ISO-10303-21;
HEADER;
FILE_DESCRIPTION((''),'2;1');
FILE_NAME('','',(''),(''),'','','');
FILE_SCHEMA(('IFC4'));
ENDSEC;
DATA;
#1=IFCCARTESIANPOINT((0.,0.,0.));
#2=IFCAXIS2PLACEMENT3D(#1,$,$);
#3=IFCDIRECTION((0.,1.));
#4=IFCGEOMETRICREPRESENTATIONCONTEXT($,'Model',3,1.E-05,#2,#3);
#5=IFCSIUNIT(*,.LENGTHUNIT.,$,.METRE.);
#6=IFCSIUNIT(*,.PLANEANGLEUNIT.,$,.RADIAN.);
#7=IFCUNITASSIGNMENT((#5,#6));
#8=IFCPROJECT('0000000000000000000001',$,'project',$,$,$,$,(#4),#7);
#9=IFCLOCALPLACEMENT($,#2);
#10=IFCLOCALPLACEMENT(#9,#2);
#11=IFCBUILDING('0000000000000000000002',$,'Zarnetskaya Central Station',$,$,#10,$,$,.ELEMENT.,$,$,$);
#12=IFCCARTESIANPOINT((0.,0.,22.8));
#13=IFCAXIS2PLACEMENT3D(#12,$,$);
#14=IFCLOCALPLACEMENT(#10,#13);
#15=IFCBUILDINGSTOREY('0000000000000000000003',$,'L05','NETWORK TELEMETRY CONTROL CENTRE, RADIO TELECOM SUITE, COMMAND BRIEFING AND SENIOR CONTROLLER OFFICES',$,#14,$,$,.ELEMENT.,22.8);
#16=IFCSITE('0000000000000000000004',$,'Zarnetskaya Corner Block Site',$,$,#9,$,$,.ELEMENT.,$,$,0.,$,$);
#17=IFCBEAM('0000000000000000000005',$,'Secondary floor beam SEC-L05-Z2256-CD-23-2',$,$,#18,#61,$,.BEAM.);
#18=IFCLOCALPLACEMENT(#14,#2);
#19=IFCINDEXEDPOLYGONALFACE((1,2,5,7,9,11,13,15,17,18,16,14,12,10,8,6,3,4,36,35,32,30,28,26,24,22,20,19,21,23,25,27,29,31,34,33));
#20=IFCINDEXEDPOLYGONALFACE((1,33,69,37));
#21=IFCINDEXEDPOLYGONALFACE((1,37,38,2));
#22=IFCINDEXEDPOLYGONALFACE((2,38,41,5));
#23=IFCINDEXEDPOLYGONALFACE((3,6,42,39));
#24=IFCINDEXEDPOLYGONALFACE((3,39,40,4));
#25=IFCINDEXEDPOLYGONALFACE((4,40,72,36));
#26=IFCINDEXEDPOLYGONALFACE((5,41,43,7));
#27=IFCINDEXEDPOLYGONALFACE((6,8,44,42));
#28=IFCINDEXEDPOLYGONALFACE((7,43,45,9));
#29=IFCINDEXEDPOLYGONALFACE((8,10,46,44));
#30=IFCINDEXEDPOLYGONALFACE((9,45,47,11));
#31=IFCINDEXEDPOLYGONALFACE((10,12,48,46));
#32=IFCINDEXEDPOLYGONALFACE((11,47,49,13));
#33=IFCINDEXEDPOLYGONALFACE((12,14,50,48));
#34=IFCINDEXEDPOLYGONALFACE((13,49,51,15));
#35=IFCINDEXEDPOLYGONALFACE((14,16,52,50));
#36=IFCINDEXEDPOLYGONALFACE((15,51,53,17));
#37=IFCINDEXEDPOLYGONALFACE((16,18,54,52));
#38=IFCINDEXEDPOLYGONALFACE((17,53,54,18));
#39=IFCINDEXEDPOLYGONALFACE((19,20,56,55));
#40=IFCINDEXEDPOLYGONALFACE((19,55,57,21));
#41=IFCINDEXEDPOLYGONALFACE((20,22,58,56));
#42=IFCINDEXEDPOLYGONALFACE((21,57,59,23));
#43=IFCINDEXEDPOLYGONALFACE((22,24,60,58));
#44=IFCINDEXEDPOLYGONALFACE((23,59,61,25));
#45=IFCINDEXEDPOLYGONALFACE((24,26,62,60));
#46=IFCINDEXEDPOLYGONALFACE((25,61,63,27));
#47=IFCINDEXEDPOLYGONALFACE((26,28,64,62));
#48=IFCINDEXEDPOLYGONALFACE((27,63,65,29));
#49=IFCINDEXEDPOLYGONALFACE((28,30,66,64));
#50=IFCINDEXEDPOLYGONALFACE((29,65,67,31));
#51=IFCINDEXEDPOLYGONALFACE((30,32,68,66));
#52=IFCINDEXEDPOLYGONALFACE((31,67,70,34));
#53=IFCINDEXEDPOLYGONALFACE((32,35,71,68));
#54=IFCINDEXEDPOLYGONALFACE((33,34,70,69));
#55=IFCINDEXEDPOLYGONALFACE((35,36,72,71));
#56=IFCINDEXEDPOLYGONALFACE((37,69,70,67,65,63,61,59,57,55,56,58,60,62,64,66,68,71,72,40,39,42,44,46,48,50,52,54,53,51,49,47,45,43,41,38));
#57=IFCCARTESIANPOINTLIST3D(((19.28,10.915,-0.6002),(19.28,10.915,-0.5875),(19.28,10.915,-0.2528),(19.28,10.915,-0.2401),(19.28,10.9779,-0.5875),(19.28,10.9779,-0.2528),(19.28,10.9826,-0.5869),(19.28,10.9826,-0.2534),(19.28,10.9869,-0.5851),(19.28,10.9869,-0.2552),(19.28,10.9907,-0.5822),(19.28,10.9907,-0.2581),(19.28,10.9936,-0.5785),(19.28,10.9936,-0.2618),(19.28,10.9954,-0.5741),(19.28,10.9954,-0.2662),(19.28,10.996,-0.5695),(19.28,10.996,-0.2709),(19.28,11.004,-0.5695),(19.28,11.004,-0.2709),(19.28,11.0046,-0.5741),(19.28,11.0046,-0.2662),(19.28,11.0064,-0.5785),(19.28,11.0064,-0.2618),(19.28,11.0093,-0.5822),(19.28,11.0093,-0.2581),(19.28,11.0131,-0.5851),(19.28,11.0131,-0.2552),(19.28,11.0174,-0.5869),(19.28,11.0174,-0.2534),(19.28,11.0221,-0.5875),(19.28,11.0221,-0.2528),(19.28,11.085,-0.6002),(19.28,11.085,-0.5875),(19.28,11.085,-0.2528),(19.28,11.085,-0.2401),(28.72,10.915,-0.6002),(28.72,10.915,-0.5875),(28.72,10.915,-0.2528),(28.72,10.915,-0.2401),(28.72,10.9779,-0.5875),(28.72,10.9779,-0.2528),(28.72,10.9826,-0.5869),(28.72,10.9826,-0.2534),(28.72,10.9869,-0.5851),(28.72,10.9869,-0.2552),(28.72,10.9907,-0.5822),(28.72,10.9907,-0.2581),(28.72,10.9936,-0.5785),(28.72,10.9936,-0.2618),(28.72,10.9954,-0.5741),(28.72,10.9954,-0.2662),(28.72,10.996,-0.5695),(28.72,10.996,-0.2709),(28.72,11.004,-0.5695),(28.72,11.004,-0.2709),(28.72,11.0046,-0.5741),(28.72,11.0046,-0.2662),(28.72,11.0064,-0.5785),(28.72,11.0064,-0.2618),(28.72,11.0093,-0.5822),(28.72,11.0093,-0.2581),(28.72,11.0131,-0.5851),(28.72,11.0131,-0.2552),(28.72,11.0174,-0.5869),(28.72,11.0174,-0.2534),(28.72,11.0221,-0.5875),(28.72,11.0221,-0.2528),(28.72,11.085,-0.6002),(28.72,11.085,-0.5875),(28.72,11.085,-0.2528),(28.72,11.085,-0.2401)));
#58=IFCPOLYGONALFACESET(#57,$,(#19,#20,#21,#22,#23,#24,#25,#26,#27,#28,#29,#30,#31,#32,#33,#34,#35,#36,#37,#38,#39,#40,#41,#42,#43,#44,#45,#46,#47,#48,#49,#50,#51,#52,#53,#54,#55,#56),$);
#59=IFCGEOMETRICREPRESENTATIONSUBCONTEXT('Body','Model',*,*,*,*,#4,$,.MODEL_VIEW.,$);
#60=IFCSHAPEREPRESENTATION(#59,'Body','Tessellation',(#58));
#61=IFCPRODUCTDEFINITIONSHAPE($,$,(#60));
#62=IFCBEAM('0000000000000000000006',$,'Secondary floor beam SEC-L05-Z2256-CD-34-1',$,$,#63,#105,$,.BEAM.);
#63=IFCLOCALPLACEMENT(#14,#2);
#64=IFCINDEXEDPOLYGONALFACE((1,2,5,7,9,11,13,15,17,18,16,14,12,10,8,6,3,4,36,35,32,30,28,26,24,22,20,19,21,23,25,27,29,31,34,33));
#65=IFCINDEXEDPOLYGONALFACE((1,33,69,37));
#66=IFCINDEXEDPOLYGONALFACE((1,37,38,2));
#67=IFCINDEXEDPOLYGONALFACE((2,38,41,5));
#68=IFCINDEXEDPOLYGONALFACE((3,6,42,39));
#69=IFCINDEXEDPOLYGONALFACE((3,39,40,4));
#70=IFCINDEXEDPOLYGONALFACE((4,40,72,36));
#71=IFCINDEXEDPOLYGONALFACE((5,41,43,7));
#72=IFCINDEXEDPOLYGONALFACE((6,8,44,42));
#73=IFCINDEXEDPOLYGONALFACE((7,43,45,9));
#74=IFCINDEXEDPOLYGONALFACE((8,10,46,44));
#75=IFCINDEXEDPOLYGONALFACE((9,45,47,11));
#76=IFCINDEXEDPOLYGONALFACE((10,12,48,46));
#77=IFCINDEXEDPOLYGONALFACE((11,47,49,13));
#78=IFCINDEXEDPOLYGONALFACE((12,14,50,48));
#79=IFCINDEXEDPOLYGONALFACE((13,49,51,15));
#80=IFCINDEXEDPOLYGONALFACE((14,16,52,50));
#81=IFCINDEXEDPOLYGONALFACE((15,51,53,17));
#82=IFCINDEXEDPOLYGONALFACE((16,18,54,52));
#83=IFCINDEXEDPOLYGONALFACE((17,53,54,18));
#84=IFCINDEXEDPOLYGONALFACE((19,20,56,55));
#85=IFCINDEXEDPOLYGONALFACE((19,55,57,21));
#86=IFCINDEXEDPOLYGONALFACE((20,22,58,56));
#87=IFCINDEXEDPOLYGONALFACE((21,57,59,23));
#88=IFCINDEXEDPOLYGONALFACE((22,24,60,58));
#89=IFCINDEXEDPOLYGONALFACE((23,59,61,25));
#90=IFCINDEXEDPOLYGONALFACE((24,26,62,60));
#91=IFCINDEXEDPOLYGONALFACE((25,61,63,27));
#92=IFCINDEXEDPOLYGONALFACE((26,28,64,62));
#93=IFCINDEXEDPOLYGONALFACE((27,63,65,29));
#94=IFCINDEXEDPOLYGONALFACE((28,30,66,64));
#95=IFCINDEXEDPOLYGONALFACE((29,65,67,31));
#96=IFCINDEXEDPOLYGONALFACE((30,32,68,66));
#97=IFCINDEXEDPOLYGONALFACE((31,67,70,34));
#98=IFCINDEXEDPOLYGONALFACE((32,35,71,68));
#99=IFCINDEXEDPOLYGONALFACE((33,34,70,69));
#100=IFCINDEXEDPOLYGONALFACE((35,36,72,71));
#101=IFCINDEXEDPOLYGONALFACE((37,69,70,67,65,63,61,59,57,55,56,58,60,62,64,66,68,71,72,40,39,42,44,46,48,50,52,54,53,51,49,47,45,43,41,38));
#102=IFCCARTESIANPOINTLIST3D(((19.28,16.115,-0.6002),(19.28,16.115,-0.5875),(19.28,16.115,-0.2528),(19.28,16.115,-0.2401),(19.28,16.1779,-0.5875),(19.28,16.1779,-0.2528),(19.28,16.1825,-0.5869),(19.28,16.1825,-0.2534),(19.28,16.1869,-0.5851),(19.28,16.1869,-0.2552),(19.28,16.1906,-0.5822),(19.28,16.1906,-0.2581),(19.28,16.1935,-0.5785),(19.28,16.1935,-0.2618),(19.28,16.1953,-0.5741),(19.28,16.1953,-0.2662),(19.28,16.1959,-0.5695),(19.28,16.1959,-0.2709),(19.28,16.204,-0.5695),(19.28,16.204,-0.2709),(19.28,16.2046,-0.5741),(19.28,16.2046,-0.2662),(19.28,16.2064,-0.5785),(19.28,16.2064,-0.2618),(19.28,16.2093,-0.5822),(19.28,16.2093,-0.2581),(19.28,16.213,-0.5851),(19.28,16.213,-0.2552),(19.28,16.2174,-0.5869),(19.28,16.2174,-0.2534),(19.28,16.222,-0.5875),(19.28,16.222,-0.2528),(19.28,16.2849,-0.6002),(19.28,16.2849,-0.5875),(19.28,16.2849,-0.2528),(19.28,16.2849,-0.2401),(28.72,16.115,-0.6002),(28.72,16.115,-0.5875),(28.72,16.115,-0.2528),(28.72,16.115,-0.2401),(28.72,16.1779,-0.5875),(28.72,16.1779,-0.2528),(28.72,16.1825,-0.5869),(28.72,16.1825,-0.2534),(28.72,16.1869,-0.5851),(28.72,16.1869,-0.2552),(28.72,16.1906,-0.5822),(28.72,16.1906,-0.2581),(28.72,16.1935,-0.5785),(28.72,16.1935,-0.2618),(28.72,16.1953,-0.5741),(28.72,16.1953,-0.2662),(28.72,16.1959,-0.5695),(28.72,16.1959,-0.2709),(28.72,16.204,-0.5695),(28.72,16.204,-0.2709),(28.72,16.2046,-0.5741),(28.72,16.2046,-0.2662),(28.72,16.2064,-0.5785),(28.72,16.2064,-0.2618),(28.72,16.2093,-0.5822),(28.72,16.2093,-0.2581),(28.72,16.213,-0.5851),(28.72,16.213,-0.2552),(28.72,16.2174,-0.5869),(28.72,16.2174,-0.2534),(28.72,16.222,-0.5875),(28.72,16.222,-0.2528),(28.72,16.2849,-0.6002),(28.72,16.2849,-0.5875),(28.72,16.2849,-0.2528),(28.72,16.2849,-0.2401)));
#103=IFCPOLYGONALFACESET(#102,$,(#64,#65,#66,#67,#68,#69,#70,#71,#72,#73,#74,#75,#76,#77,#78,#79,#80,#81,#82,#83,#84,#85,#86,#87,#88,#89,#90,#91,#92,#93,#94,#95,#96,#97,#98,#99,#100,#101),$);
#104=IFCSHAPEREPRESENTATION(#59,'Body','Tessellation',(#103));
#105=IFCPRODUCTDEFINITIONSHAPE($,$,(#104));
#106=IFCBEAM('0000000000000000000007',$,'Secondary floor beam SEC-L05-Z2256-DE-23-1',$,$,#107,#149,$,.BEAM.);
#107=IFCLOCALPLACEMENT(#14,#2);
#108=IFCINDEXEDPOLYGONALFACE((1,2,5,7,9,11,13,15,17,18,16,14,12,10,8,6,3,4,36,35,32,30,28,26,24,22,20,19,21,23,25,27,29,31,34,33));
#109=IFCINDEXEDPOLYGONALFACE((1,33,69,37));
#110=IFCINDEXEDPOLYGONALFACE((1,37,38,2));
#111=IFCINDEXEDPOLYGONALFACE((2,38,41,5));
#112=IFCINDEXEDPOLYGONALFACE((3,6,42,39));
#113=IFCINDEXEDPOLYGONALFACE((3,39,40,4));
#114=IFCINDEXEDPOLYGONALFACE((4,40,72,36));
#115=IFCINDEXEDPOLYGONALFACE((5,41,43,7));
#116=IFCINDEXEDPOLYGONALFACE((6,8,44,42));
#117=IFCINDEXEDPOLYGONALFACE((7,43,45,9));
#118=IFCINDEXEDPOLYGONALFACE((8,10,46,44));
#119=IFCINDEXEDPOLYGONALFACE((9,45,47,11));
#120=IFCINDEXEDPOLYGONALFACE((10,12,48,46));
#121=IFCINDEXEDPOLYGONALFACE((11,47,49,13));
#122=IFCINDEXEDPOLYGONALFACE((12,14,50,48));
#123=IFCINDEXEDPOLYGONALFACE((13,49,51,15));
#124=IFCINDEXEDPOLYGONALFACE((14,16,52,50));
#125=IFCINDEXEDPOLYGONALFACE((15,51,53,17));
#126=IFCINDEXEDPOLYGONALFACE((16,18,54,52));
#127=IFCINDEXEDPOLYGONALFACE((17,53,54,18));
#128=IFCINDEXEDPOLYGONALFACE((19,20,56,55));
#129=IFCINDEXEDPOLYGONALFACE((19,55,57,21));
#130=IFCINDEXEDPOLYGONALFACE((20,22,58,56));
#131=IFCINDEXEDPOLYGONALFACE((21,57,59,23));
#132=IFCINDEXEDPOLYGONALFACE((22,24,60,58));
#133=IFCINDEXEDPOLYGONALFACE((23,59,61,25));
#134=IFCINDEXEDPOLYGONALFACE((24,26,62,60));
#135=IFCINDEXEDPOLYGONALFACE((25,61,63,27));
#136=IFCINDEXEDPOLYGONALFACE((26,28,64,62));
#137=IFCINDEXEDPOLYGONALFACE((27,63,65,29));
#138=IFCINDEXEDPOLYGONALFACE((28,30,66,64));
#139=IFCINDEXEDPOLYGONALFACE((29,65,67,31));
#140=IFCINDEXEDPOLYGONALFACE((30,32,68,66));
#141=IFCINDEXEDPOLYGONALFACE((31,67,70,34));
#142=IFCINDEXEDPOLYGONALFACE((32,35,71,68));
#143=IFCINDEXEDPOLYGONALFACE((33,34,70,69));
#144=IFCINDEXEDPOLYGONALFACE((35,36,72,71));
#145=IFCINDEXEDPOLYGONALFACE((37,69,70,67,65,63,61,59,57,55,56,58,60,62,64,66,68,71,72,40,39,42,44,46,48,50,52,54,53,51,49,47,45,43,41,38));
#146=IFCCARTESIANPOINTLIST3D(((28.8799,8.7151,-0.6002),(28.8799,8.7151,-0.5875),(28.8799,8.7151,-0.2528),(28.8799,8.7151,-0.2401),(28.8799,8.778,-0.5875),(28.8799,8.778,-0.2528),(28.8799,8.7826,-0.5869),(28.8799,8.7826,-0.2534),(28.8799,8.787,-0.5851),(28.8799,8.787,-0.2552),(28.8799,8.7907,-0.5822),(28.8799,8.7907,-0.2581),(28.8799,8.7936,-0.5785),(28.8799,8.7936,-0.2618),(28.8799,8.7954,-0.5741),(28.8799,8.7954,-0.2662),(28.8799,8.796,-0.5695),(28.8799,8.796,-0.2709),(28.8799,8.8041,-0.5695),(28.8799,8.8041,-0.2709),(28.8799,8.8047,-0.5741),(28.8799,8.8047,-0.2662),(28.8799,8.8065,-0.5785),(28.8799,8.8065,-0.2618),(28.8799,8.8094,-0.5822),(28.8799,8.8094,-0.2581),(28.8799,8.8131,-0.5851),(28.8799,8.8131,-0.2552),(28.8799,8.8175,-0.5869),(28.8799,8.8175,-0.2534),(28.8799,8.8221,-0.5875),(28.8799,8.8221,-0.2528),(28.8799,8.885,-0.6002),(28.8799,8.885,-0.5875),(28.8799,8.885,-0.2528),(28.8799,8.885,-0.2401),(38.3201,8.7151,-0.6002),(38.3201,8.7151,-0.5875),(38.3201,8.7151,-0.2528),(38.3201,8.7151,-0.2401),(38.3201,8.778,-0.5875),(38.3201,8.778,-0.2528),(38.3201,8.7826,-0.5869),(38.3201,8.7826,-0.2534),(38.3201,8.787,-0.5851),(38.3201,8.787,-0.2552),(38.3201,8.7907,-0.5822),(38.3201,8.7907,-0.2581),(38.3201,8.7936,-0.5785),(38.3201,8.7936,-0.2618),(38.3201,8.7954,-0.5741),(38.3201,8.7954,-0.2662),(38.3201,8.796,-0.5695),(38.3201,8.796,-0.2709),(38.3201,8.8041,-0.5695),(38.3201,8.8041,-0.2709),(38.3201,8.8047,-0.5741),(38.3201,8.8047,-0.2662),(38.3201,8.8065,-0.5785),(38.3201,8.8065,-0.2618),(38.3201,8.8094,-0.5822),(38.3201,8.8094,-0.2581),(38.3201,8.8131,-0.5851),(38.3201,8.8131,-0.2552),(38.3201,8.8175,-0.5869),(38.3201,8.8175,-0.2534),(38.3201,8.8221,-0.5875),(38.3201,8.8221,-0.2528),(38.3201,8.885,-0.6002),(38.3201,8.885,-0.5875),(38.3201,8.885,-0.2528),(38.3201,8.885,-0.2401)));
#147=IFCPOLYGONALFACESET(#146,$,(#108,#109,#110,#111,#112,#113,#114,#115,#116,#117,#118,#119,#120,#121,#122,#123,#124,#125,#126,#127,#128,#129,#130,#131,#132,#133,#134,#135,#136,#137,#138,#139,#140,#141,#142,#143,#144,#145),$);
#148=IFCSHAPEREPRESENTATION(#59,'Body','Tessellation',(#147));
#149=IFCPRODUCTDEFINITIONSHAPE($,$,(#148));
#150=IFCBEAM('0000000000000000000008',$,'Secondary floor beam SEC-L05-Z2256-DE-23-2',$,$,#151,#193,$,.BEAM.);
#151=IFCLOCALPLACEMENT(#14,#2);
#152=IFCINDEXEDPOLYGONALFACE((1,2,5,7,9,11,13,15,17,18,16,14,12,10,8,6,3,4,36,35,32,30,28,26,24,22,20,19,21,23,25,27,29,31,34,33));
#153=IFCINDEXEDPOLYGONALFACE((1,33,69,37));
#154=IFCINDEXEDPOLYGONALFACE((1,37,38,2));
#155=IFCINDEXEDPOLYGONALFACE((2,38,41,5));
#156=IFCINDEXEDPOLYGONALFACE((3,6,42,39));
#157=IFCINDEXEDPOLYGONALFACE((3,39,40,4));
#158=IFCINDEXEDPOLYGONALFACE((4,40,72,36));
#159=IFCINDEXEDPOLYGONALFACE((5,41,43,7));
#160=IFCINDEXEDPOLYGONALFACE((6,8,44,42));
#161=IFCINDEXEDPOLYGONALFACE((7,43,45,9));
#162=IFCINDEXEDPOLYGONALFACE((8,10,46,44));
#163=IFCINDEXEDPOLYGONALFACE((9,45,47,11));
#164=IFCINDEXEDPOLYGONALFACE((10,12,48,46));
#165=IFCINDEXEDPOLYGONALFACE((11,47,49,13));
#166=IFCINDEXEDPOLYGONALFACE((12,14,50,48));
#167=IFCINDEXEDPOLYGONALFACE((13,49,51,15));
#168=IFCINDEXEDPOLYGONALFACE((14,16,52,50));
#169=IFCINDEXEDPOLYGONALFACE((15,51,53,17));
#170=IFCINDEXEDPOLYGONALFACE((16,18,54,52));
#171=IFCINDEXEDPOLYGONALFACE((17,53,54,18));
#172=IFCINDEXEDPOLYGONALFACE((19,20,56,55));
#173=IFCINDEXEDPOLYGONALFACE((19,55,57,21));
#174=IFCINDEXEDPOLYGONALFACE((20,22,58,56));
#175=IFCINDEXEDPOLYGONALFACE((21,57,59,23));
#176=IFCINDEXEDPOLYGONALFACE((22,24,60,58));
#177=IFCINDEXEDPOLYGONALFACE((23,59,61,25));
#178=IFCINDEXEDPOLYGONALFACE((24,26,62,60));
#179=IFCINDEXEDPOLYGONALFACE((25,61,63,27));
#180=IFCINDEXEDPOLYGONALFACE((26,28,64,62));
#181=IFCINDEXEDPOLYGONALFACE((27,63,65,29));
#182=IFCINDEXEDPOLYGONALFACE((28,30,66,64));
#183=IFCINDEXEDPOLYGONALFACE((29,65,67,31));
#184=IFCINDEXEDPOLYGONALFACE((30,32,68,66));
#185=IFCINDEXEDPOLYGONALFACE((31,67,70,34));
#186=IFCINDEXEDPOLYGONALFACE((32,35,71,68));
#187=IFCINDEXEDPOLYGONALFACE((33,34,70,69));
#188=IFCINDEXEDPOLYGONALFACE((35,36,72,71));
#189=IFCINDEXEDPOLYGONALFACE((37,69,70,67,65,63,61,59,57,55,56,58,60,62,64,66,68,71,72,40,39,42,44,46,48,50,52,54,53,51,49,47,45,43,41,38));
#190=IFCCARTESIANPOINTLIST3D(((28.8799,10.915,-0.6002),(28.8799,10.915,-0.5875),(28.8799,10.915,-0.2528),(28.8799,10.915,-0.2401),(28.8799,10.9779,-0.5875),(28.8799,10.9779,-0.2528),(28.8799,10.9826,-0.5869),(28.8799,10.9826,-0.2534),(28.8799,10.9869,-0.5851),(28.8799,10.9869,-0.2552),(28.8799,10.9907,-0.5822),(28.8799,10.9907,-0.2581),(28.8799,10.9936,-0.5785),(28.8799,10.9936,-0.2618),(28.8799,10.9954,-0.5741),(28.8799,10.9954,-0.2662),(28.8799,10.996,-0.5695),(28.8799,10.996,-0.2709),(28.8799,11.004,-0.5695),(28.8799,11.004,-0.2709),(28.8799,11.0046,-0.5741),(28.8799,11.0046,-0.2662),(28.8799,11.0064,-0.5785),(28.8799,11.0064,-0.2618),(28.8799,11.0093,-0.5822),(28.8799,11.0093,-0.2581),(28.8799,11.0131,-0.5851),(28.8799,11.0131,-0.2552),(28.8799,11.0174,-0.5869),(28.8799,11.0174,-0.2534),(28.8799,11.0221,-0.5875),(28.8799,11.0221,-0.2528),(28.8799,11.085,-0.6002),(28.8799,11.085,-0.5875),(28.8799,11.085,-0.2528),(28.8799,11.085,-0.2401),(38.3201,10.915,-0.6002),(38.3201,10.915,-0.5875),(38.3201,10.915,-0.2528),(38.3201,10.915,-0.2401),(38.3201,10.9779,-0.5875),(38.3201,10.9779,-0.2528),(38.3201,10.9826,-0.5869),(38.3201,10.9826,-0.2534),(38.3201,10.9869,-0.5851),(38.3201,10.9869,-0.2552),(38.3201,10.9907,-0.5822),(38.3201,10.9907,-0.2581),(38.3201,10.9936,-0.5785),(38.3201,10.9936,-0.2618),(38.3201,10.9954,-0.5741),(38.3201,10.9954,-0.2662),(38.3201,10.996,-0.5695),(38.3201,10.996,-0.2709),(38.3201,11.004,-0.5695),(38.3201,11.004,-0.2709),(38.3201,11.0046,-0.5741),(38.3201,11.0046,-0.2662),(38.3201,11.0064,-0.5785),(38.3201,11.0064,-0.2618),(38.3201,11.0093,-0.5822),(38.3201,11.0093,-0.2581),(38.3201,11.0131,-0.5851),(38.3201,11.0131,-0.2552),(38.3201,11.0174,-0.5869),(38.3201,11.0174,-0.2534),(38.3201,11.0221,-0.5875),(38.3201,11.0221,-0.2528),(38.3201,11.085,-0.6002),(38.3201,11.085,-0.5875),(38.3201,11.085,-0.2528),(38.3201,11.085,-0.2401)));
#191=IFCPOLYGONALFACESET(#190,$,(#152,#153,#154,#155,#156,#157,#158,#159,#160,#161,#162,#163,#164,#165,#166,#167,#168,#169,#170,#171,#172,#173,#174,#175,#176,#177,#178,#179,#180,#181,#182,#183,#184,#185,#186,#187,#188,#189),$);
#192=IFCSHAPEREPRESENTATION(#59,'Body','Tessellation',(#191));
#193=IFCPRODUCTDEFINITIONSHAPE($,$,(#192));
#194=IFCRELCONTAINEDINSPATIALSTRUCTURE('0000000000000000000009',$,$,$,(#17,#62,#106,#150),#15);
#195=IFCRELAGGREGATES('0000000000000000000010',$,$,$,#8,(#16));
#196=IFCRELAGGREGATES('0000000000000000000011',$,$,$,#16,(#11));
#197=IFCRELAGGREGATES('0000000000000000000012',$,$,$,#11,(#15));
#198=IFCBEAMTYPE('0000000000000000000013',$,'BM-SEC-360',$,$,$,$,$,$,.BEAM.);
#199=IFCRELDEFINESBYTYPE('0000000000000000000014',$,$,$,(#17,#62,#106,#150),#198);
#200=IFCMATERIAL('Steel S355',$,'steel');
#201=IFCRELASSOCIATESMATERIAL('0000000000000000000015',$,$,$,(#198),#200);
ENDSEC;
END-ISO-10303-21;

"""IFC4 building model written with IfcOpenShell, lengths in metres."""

from ifc_helpers import new_model, si_unit, direction, frame, origin, origin_2d, place, context, subcontext, project, spatial, i_section, extrude, material, material_profile, profile_set, type_object, element, save


model = new_model("IFC4")

# Units and contexts
model_context = context("Model", 3, precision=1e-05, world=origin(), true_north=direction((0.0, 1.0)))
body_context = subcontext(model_context, "Body", "Model", "MODEL_VIEW")
ifc_project = project(units=[si_unit("LENGTHUNIT", "METRE"), si_unit("PLANEANGLEUNIT", "RADIAN")], contexts=[model_context])

# Site, building, storey
site_placement = place(None, origin())
site = spatial("IfcSite", under=ifc_project, at=site_placement, Name="Zarnetskaya Corner Block Site", CompositionType="ELEMENT", RefElevation=0.0)
building_placement = place(site_placement, origin())
building = spatial("IfcBuilding", under=site, at=building_placement, Name="Zarnetskaya Central Station", CompositionType="ELEMENT")
storey_placement = place(building_placement, frame((0.0, 0.0, 22.8)))
storey = spatial("IfcBuildingStorey", under=building, at=storey_placement, Name="L05", Description="NETWORK TELEMETRY CONTROL CENTRE, RADIO TELECOM SUITE, COMMAND BRIEFING AND SENIOR CONTROLLER OFFICES", CompositionType="ELEMENT", Elevation=22.8)

# Shared definitions
ifc_material_1 = material(Name="Steel S355", Category="steel")

# Beams
ifc_material_profile_1 = material_profile(ifc_material_1, i_section(OverallWidth=0.1699, OverallDepth=0.3601, WebThickness=0.0081, FlangeThickness=0.0127, FilletRadius=0.0181, at=origin_2d()), Name="IPE 360")
ifc_profile_set_1 = profile_set([ifc_material_profile_1], Name="Steel S355")
beam_type_1 = type_object("IfcBeamType", Name="BM-SEC-360", PredefinedType="BEAM", material=ifc_profile_set_1)
for number, where, z_axis, x_axis, name in (
    (1, (19.28, 11.0, -0.4202), (1.0, 0.0, 0.0), (0.0, 1.0, 0.0), "Secondary floor beam SEC-L05-Z2256-CD-23-2"),
    (2, (19.28, 16.2, -0.4202), (1.0, 0.0, 0.0), (0.0, 1.0, 0.0), "Secondary floor beam SEC-L05-Z2256-CD-34-1"),
):
    element("IfcBeam", number, at=place(storey_placement, frame(where, z_axis=z_axis, x_axis=x_axis)), inside=storey, type_object=beam_type_1, Name=name, PredefinedType="BEAM", context=body_context, shape_type="SweptSolid", body=[
        extrude(i_section(OverallWidth=0.1699, OverallDepth=0.3601, WebThickness=0.0081, FlangeThickness=0.0127, FilletRadius=0.0181, at=origin_2d()), origin(), (0.0, 0.0, 1.0), 9.4399),
    ])
for number, where, z_axis, x_axis, name in (
    (3, (28.8799, 8.8, -0.4202), (1.0, 0.0, 0.0), (0.0, 1.0, 0.0), "Secondary floor beam SEC-L05-Z2256-DE-23-1"),
    (4, (28.8799, 11.0, -0.4202), (1.0, 0.0, 0.0), (0.0, 1.0, 0.0), "Secondary floor beam SEC-L05-Z2256-DE-23-2"),
):
    element("IfcBeam", number, at=place(storey_placement, frame(where, z_axis=z_axis, x_axis=x_axis)), inside=storey, type_object=beam_type_1, Name=name, PredefinedType="BEAM", context=body_context, shape_type="SweptSolid", body=[
        extrude(i_section(OverallWidth=0.1699, OverallDepth=0.3601, WebThickness=0.0081, FlangeThickness=0.0127, FilletRadius=0.0181, at=origin_2d()), origin(), (0.0, 0.0, 1.0), 9.4402),
    ])

save(model, "model.ifc")
